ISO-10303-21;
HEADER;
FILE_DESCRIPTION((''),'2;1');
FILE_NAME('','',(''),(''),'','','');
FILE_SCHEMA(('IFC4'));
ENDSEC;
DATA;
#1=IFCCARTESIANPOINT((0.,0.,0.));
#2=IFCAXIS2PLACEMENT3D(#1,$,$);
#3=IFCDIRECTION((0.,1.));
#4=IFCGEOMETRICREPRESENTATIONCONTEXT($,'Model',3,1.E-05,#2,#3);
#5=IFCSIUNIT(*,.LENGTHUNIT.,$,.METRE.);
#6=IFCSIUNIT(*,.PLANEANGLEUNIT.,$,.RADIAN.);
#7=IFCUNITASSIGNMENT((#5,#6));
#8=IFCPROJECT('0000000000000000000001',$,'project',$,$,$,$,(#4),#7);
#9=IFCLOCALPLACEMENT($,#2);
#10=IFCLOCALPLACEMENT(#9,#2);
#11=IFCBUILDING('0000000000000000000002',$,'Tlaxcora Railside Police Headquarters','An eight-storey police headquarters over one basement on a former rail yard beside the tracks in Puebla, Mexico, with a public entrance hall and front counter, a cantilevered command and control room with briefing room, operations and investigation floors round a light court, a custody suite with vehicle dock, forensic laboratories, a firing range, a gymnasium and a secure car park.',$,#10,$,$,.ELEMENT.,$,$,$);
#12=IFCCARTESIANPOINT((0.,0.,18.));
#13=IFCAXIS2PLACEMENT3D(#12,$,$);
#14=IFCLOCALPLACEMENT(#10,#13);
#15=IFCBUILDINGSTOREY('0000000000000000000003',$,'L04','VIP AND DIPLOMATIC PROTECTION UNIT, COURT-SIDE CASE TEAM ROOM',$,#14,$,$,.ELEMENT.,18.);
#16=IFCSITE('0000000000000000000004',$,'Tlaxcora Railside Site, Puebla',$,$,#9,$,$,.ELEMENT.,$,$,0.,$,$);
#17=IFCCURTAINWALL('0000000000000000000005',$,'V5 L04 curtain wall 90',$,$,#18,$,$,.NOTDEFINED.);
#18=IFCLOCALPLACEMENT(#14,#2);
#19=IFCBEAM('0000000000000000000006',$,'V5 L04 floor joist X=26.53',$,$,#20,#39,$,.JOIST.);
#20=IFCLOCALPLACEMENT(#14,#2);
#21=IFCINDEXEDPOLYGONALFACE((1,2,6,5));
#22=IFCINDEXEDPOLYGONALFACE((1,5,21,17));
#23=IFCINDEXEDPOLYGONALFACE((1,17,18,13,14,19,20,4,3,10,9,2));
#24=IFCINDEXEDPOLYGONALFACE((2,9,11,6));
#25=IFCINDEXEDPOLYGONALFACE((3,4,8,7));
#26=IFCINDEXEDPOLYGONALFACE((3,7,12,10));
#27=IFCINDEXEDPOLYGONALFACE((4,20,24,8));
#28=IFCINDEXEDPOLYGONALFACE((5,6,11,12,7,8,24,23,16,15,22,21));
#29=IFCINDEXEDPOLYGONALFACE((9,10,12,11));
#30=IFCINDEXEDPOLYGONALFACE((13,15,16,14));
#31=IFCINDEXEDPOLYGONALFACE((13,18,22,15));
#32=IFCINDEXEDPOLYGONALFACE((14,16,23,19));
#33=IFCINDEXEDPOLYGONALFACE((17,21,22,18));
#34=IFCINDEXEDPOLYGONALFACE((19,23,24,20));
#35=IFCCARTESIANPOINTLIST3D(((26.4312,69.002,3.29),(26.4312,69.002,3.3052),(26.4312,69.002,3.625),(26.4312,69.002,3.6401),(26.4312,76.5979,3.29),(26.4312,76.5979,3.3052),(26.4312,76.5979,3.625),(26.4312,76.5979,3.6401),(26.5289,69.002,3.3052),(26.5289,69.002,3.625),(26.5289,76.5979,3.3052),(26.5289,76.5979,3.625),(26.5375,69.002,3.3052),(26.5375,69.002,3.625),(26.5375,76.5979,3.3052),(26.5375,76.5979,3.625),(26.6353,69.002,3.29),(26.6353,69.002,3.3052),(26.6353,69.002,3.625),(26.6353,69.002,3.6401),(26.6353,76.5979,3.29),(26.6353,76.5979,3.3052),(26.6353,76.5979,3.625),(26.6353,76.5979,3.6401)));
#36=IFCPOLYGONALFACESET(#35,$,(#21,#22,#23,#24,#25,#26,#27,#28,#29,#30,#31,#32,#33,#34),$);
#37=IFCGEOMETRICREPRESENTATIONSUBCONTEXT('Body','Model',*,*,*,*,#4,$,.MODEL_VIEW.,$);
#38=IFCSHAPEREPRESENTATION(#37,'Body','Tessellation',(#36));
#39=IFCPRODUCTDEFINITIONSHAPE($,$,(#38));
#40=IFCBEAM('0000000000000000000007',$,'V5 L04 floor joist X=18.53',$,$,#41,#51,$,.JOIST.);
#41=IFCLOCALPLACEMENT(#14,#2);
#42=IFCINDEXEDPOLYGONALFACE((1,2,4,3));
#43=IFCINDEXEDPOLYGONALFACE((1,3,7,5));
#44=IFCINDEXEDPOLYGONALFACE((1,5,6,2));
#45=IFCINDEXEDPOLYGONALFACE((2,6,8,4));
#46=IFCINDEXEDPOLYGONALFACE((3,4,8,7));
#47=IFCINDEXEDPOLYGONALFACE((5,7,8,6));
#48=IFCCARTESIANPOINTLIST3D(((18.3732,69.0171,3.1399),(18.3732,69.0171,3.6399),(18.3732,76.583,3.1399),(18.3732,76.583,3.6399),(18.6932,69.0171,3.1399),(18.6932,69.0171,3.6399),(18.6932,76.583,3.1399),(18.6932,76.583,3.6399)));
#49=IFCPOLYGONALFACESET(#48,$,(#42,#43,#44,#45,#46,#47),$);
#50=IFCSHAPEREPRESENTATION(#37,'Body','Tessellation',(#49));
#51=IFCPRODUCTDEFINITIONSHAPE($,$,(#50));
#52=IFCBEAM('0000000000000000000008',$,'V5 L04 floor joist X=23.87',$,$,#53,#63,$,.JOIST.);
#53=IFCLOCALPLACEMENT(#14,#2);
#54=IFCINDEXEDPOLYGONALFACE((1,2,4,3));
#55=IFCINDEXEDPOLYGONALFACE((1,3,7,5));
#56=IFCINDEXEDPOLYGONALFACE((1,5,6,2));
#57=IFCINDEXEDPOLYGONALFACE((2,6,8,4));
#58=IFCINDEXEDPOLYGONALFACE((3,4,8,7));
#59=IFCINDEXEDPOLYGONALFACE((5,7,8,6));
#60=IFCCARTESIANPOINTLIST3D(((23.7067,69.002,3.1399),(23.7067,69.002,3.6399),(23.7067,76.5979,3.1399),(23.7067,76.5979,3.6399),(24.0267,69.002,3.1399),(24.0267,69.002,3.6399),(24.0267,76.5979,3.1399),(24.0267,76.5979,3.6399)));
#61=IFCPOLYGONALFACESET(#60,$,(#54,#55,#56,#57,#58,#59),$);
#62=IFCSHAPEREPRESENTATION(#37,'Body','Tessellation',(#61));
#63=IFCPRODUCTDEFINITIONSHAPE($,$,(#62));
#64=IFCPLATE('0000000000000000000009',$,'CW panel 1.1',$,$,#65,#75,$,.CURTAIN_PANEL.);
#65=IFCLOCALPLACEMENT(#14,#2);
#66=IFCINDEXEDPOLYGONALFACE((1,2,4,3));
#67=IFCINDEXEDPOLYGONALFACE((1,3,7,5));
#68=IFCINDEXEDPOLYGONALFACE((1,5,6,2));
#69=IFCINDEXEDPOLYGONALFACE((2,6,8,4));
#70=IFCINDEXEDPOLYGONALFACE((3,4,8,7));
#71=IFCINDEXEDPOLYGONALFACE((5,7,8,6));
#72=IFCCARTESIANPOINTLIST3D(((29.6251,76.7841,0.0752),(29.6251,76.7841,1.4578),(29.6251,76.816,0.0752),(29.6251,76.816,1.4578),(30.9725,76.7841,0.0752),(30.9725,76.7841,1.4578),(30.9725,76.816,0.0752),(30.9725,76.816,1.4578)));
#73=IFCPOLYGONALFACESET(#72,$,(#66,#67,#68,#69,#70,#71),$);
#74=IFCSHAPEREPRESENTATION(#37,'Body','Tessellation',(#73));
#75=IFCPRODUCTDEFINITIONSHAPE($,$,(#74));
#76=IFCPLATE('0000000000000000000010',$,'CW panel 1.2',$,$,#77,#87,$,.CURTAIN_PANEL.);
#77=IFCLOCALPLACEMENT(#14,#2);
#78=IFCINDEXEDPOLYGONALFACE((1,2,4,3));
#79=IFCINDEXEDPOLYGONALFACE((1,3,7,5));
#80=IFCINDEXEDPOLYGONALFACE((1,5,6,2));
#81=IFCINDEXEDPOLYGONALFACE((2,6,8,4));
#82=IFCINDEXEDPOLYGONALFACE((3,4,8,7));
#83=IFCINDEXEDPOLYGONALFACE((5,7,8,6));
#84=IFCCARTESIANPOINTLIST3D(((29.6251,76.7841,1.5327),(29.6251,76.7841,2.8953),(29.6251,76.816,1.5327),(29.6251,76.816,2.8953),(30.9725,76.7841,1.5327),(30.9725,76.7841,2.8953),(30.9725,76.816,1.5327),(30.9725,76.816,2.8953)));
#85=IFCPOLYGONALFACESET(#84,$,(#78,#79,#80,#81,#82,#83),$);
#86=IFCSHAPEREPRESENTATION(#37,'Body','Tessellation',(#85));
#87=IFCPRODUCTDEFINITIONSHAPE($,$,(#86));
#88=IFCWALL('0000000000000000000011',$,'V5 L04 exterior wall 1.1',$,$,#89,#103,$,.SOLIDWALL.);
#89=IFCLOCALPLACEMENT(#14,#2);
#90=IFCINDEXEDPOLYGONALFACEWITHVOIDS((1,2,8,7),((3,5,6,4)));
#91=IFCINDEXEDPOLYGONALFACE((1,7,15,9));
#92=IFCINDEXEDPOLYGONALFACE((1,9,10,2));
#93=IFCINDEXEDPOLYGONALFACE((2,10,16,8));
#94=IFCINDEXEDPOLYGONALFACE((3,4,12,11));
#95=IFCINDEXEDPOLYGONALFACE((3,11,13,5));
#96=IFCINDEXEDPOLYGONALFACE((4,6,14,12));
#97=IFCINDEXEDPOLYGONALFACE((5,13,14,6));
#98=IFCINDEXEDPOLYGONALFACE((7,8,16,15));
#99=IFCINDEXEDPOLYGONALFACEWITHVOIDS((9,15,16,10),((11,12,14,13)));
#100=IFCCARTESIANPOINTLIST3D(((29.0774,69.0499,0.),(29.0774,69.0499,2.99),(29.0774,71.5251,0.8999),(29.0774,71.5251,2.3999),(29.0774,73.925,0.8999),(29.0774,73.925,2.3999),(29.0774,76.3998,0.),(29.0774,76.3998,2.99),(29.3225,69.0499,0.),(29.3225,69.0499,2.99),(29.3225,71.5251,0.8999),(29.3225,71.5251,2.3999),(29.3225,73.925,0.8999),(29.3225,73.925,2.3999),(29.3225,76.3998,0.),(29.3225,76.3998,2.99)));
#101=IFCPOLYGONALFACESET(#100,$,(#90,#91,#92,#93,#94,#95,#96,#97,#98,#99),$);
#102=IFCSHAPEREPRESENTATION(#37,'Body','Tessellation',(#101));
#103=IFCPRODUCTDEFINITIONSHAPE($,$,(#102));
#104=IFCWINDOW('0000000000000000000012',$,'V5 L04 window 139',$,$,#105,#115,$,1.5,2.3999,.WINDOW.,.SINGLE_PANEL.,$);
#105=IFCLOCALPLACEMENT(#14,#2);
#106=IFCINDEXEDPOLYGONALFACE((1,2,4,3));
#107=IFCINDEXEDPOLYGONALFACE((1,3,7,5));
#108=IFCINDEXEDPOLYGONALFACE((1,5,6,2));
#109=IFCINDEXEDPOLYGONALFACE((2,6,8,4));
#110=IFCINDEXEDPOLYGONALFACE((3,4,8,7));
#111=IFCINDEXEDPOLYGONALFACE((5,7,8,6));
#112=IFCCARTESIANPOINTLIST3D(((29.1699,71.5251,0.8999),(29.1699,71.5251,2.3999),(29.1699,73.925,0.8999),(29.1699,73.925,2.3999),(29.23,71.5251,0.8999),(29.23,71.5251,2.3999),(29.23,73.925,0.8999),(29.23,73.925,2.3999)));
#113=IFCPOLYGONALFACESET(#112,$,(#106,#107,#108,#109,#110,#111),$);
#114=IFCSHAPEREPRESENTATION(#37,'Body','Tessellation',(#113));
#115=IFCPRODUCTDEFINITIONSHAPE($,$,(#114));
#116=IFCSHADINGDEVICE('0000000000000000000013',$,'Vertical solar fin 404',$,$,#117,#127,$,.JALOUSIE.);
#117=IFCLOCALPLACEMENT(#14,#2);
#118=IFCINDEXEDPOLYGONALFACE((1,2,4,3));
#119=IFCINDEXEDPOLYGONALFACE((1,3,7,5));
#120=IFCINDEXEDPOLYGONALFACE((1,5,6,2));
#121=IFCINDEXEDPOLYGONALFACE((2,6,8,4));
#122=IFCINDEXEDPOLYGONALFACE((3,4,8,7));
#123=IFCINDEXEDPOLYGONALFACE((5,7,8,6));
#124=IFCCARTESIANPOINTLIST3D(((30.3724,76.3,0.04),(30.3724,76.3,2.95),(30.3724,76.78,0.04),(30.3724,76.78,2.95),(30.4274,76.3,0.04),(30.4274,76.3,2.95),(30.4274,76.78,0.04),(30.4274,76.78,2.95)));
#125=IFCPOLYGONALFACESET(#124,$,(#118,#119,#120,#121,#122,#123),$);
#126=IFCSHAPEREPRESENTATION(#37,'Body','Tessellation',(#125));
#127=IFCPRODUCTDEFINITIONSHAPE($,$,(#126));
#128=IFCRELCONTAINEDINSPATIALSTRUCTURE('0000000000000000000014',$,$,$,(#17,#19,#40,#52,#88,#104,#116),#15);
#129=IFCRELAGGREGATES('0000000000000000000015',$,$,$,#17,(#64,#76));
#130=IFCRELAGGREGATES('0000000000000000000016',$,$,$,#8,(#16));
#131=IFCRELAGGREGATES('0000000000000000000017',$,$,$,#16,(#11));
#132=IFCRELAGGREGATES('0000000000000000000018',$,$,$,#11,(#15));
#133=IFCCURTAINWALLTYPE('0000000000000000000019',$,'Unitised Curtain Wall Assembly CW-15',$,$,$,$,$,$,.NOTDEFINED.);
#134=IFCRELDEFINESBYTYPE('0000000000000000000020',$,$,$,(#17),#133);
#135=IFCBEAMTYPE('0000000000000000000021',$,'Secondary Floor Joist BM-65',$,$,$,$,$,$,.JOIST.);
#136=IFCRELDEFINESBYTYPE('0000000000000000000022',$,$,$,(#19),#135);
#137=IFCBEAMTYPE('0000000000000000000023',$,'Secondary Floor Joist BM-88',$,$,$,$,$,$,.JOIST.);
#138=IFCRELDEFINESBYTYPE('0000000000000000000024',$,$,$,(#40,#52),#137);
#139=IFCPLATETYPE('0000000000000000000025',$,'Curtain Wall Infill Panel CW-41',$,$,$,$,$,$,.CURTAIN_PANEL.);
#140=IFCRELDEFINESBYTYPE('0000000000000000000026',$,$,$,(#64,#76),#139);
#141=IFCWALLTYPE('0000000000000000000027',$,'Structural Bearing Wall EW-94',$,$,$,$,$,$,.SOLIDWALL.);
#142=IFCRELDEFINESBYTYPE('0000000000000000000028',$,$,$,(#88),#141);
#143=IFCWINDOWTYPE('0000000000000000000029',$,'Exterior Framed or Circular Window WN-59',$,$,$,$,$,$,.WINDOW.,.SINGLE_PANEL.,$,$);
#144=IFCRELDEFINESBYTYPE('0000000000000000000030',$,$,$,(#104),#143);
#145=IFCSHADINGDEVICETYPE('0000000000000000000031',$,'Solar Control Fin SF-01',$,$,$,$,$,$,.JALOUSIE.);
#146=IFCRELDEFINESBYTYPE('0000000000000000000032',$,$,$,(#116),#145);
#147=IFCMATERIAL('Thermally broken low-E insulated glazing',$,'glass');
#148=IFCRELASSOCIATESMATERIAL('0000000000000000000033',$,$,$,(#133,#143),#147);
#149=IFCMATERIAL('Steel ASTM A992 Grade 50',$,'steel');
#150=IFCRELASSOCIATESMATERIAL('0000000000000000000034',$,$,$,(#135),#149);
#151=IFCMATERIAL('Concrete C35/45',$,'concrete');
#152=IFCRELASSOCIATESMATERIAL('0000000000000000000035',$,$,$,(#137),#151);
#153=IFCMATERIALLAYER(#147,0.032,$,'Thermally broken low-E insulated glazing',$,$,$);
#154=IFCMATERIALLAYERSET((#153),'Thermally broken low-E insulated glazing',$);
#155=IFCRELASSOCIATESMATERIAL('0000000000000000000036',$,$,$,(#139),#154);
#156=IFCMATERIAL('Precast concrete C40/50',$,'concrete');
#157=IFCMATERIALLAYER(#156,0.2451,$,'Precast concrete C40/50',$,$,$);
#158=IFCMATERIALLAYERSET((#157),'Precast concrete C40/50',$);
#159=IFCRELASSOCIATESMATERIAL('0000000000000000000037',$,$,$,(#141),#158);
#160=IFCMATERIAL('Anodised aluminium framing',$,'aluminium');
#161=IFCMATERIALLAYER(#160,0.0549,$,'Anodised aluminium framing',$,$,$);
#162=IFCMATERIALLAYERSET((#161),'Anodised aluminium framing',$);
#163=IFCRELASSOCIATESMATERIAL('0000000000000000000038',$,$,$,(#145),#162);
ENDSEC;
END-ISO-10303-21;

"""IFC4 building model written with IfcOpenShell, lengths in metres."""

from ifc_helpers import new_model, si_unit, direction, frame, frame_2d, origin, origin_2d, place, context, subcontext, project, spatial, rectangle, i_section, extrude, material, layer, layer_set, material_profile, profile_set, type_object, element, fill, aggregate, save


model = new_model("IFC4")

# Units and contexts
model_context = context("Model", 3, precision=1e-05, world=origin(), true_north=direction((0.0, 1.0)))
body_context = subcontext(model_context, "Body", "Model", "MODEL_VIEW")
ifc_project = project(units=[si_unit("LENGTHUNIT", "METRE"), si_unit("PLANEANGLEUNIT", "RADIAN")], contexts=[model_context])

# Site, building, storey
site_placement = place(None, origin())
site = spatial("IfcSite", under=ifc_project, at=site_placement, Name="Tlaxcora Railside Site, Puebla", CompositionType="ELEMENT", RefElevation=0.0)
building_placement = place(site_placement, origin())
building = spatial("IfcBuilding", under=site, at=building_placement, Name="Tlaxcora Railside Police Headquarters", Description="An eight-storey police headquarters over one basement on a former rail yard beside the tracks in Puebla, Mexico, with a public entrance hall and front counter, a cantilevered command and control room with briefing room, operations and investigation floors round a light court, a custody suite with vehicle dock, forensic laboratories, a firing range, a gymnasium and a secure car park.", CompositionType="ELEMENT")
storey_placement = place(building_placement, frame((0.0, 0.0, 18.0)))
storey = spatial("IfcBuildingStorey", under=building, at=storey_placement, Name="L04", Description="VIP AND DIPLOMATIC PROTECTION UNIT, COURT-SIDE CASE TEAM ROOM", CompositionType="ELEMENT", Elevation=18.0)

# Curtain wall
ifc_material_1 = material(Name="Thermally broken low-E insulated glazing", Category="glass")
curtain_wall_type = type_object("IfcCurtainWallType", Name="Unitised Curtain Wall Assembly CW-15", PredefinedType="NOTDEFINED", material=ifc_material_1)
curtain_wall_placement = place(storey_placement, origin())
curtain_wall = element("IfcCurtainWall", 1, at=curtain_wall_placement, inside=storey, type_object=curtain_wall_type, Name="V5 L04 curtain wall 90", PredefinedType="NOTDEFINED")
ifc_material_2 = material(Name="Anodised aluminium framing", Category="aluminium")

# Beams
ifc_material_3 = material(Name="Steel ASTM A992 Grade 50", Category="steel")
ifc_material_profile_1 = material_profile(ifc_material_3, i_section(OverallWidth=0.2041, OverallDepth=0.3501, WebThickness=0.0085, FlangeThickness=0.0151, at=origin_2d()), Name="W14X48")
ifc_profile_set_1 = profile_set([ifc_material_profile_1], Name="Steel ASTM A992 Grade 50")
beam_type_1 = type_object("IfcBeamType", Name="Secondary Floor Joist BM-65", PredefinedType="JOIST", material=ifc_profile_set_1)
beam_1_placement = place(storey_placement, frame((26.5332, 69.002, 3.4651), z_axis=(0.0, 1.0, 0.0), x_axis=(-1.0, 0.0, 0.0)))
element("IfcBeam", 2, at=beam_1_placement, inside=storey, type_object=beam_type_1, Name="V5 L04 floor joist X=26.53", PredefinedType="JOIST", context=body_context, shape_type="SweptSolid", body=[
    extrude(i_section(OverallWidth=0.2041, OverallDepth=0.3501, WebThickness=0.0085, FlangeThickness=0.0151, at=origin_2d()), origin(), (0.0, 0.0, 1.0), 7.5959),
])
ifc_material_4 = material(Name="Concrete C35/45", Category="concrete")
ifc_material_profile_2 = material_profile(ifc_material_4, rectangle(XDim=0.3201, YDim=0.5, at=origin_2d()), Name="RC320X500")
ifc_profile_set_2 = profile_set([ifc_material_profile_2], Name="Concrete C35/45")
beam_type_2 = type_object("IfcBeamType", Name="Secondary Floor Joist BM-88", PredefinedType="JOIST", material=ifc_profile_set_2)
beam_2_placement = place(storey_placement, frame((18.5332, 69.0171, 3.3899), z_axis=(0.0, 1.0, 0.0), x_axis=(-1.0, 0.0, 0.0)))
element("IfcBeam", 3, at=beam_2_placement, inside=storey, type_object=beam_type_2, Name="V5 L04 floor joist X=18.53", PredefinedType="JOIST", context=body_context, shape_type="SweptSolid", body=[
    extrude(rectangle(XDim=0.3201, YDim=0.5, at=origin_2d()), origin(), (0.0, 0.0, 1.0), 7.5659),
])
beam_3_placement = place(storey_placement, frame((23.8667, 69.002, 3.3899), z_axis=(0.0, 1.0, 0.0), x_axis=(-1.0, 0.0, 0.0)))
element("IfcBeam", 4, at=beam_3_placement, inside=storey, type_object=beam_type_2, Name="V5 L04 floor joist X=23.87", PredefinedType="JOIST", context=body_context, shape_type="SweptSolid", body=[
    extrude(rectangle(XDim=0.3201, YDim=0.5, at=origin_2d()), origin(), (0.0, 0.0, 1.0), 7.5959),
])

# Plates
ifc_layer_1 = layer(ifc_material_1, 0.032, Name="Thermally broken low-E insulated glazing")
ifc_layer_set_1 = layer_set([ifc_layer_1], Name="Thermally broken low-E insulated glazing")
plate_type = type_object("IfcPlateType", Name="Curtain Wall Infill Panel CW-41", PredefinedType="CURTAIN_PANEL", material=ifc_layer_set_1)
plate_1_placement = place(storey_placement, frame((30.2988, 76.8, 0.0752), z_axis=(0.0, 0.0, 1.0), x_axis=(1.0, 0.0, 0.0)))
plate_1 = element("IfcPlate", 5, at=plate_1_placement, type_object=plate_type, Name="CW panel 1.1", PredefinedType="CURTAIN_PANEL", context=body_context, shape_type="SweptSolid", body=[
    extrude(rectangle(XDim=1.3474, YDim=0.032, at=origin_2d()), origin(), (0.0, 0.0, 1.0), 1.3826),
])
plate_2_placement = place(storey_placement, frame((30.2988, 76.8, 1.5327), z_axis=(0.0, 0.0, 1.0), x_axis=(1.0, 0.0, 0.0)))
plate_2 = element("IfcPlate", 6, at=plate_2_placement, type_object=plate_type, Name="CW panel 1.2", PredefinedType="CURTAIN_PANEL", context=body_context, shape_type="SweptSolid", body=[
    extrude(rectangle(XDim=1.3474, YDim=0.032, at=origin_2d()), origin(), (0.0, 0.0, 1.0), 1.3625),
])
aggregate(curtain_wall, [plate_1, plate_2])

# Wall, opening, window
ifc_material_5 = material(Name="Precast concrete C40/50", Category="concrete")
ifc_layer_2 = layer(ifc_material_5, 0.2451, Name="Precast concrete C40/50")
ifc_layer_set_2 = layer_set([ifc_layer_2], Name="Precast concrete C40/50")
wall_type = type_object("IfcWallType", Name="Structural Bearing Wall EW-94", PredefinedType="SOLIDWALL", material=ifc_layer_set_2)
wall_placement = place(storey_placement, frame((29.2, 69.05, 0.0), z_axis=(0.0, 0.0, 1.0), x_axis=(0.0, 1.0, 0.0)))
wall = element("IfcWall", 7, at=wall_placement, inside=storey, type_object=wall_type, Name="V5 L04 exterior wall 1.1", PredefinedType="SOLIDWALL", context=body_context, shape_type="SweptSolid", body=[
    extrude(rectangle(XDim=7.3499, YDim=0.2451, at=frame_2d((3.6748, 0.0))), origin(), (0.0, 0.0, 1.0), 2.99),
])
opening_placement = place(wall_placement, frame((2.4751, 0.0, 0.8999)))
opening = element("IfcOpeningElement", 8, at=opening_placement, cuts=wall, PredefinedType="OPENING", context=body_context, shape_type="SweptSolid", body=[
    extrude(rectangle(XDim=2.3999, YDim=1.5, at=frame_2d((1.2, 0.75))), frame((0.0, 0.1326, 0.0), z_axis=(0.0, -1.0, 0.0), x_axis=(1.0, 0.0, 0.0)), (0.0, 0.0, 1.0), 0.2651),
])
window_type = type_object("IfcWindowType", Name="Exterior Framed or Circular Window WN-59", PartitioningType="SINGLE_PANEL", PredefinedType="WINDOW", material=ifc_material_1)
window_placement = place(opening_placement, origin())
window = element("IfcWindow", 9, at=window_placement, inside=storey, type_object=window_type, Name="V5 L04 window 139", OverallHeight=1.5, OverallWidth=2.3999, PartitioningType="SINGLE_PANEL", PredefinedType="WINDOW", context=body_context, shape_type="SweptSolid", body=[
    extrude(rectangle(XDim=2.3999, YDim=1.5, at=frame_2d((1.2, 0.75))), frame((0.0, 0.03, 0.0), z_axis=(0.0, -1.0, 0.0), x_axis=(1.0, 0.0, 0.0)), (0.0, 0.0, 1.0), 0.0601),
])
fill(opening, window)

# Shading device
ifc_layer_3 = layer(ifc_material_2, 0.0549, Name="Anodised aluminium framing")
ifc_layer_set_3 = layer_set([ifc_layer_3], Name="Anodised aluminium framing")
shading_device_type = type_object("IfcShadingDeviceType", Name="Solar Control Fin SF-01", PredefinedType="JALOUSIE", material=ifc_layer_set_3)
shading_device_placement = place(storey_placement, frame((30.3999, 76.54, 0.04), z_axis=(0.0, 0.0, 1.0), x_axis=(0.0, -1.0, 0.0)))
element("IfcShadingDevice", 10, at=shading_device_placement, inside=storey, type_object=shading_device_type, Name="Vertical solar fin 404", PredefinedType="JALOUSIE", context=body_context, shape_type="SweptSolid", body=[
    extrude(rectangle(XDim=0.48, YDim=0.0549, at=origin_2d()), origin(), (0.0, 0.0, 1.0), 2.9099),
])

save(model, "model.ifc")
